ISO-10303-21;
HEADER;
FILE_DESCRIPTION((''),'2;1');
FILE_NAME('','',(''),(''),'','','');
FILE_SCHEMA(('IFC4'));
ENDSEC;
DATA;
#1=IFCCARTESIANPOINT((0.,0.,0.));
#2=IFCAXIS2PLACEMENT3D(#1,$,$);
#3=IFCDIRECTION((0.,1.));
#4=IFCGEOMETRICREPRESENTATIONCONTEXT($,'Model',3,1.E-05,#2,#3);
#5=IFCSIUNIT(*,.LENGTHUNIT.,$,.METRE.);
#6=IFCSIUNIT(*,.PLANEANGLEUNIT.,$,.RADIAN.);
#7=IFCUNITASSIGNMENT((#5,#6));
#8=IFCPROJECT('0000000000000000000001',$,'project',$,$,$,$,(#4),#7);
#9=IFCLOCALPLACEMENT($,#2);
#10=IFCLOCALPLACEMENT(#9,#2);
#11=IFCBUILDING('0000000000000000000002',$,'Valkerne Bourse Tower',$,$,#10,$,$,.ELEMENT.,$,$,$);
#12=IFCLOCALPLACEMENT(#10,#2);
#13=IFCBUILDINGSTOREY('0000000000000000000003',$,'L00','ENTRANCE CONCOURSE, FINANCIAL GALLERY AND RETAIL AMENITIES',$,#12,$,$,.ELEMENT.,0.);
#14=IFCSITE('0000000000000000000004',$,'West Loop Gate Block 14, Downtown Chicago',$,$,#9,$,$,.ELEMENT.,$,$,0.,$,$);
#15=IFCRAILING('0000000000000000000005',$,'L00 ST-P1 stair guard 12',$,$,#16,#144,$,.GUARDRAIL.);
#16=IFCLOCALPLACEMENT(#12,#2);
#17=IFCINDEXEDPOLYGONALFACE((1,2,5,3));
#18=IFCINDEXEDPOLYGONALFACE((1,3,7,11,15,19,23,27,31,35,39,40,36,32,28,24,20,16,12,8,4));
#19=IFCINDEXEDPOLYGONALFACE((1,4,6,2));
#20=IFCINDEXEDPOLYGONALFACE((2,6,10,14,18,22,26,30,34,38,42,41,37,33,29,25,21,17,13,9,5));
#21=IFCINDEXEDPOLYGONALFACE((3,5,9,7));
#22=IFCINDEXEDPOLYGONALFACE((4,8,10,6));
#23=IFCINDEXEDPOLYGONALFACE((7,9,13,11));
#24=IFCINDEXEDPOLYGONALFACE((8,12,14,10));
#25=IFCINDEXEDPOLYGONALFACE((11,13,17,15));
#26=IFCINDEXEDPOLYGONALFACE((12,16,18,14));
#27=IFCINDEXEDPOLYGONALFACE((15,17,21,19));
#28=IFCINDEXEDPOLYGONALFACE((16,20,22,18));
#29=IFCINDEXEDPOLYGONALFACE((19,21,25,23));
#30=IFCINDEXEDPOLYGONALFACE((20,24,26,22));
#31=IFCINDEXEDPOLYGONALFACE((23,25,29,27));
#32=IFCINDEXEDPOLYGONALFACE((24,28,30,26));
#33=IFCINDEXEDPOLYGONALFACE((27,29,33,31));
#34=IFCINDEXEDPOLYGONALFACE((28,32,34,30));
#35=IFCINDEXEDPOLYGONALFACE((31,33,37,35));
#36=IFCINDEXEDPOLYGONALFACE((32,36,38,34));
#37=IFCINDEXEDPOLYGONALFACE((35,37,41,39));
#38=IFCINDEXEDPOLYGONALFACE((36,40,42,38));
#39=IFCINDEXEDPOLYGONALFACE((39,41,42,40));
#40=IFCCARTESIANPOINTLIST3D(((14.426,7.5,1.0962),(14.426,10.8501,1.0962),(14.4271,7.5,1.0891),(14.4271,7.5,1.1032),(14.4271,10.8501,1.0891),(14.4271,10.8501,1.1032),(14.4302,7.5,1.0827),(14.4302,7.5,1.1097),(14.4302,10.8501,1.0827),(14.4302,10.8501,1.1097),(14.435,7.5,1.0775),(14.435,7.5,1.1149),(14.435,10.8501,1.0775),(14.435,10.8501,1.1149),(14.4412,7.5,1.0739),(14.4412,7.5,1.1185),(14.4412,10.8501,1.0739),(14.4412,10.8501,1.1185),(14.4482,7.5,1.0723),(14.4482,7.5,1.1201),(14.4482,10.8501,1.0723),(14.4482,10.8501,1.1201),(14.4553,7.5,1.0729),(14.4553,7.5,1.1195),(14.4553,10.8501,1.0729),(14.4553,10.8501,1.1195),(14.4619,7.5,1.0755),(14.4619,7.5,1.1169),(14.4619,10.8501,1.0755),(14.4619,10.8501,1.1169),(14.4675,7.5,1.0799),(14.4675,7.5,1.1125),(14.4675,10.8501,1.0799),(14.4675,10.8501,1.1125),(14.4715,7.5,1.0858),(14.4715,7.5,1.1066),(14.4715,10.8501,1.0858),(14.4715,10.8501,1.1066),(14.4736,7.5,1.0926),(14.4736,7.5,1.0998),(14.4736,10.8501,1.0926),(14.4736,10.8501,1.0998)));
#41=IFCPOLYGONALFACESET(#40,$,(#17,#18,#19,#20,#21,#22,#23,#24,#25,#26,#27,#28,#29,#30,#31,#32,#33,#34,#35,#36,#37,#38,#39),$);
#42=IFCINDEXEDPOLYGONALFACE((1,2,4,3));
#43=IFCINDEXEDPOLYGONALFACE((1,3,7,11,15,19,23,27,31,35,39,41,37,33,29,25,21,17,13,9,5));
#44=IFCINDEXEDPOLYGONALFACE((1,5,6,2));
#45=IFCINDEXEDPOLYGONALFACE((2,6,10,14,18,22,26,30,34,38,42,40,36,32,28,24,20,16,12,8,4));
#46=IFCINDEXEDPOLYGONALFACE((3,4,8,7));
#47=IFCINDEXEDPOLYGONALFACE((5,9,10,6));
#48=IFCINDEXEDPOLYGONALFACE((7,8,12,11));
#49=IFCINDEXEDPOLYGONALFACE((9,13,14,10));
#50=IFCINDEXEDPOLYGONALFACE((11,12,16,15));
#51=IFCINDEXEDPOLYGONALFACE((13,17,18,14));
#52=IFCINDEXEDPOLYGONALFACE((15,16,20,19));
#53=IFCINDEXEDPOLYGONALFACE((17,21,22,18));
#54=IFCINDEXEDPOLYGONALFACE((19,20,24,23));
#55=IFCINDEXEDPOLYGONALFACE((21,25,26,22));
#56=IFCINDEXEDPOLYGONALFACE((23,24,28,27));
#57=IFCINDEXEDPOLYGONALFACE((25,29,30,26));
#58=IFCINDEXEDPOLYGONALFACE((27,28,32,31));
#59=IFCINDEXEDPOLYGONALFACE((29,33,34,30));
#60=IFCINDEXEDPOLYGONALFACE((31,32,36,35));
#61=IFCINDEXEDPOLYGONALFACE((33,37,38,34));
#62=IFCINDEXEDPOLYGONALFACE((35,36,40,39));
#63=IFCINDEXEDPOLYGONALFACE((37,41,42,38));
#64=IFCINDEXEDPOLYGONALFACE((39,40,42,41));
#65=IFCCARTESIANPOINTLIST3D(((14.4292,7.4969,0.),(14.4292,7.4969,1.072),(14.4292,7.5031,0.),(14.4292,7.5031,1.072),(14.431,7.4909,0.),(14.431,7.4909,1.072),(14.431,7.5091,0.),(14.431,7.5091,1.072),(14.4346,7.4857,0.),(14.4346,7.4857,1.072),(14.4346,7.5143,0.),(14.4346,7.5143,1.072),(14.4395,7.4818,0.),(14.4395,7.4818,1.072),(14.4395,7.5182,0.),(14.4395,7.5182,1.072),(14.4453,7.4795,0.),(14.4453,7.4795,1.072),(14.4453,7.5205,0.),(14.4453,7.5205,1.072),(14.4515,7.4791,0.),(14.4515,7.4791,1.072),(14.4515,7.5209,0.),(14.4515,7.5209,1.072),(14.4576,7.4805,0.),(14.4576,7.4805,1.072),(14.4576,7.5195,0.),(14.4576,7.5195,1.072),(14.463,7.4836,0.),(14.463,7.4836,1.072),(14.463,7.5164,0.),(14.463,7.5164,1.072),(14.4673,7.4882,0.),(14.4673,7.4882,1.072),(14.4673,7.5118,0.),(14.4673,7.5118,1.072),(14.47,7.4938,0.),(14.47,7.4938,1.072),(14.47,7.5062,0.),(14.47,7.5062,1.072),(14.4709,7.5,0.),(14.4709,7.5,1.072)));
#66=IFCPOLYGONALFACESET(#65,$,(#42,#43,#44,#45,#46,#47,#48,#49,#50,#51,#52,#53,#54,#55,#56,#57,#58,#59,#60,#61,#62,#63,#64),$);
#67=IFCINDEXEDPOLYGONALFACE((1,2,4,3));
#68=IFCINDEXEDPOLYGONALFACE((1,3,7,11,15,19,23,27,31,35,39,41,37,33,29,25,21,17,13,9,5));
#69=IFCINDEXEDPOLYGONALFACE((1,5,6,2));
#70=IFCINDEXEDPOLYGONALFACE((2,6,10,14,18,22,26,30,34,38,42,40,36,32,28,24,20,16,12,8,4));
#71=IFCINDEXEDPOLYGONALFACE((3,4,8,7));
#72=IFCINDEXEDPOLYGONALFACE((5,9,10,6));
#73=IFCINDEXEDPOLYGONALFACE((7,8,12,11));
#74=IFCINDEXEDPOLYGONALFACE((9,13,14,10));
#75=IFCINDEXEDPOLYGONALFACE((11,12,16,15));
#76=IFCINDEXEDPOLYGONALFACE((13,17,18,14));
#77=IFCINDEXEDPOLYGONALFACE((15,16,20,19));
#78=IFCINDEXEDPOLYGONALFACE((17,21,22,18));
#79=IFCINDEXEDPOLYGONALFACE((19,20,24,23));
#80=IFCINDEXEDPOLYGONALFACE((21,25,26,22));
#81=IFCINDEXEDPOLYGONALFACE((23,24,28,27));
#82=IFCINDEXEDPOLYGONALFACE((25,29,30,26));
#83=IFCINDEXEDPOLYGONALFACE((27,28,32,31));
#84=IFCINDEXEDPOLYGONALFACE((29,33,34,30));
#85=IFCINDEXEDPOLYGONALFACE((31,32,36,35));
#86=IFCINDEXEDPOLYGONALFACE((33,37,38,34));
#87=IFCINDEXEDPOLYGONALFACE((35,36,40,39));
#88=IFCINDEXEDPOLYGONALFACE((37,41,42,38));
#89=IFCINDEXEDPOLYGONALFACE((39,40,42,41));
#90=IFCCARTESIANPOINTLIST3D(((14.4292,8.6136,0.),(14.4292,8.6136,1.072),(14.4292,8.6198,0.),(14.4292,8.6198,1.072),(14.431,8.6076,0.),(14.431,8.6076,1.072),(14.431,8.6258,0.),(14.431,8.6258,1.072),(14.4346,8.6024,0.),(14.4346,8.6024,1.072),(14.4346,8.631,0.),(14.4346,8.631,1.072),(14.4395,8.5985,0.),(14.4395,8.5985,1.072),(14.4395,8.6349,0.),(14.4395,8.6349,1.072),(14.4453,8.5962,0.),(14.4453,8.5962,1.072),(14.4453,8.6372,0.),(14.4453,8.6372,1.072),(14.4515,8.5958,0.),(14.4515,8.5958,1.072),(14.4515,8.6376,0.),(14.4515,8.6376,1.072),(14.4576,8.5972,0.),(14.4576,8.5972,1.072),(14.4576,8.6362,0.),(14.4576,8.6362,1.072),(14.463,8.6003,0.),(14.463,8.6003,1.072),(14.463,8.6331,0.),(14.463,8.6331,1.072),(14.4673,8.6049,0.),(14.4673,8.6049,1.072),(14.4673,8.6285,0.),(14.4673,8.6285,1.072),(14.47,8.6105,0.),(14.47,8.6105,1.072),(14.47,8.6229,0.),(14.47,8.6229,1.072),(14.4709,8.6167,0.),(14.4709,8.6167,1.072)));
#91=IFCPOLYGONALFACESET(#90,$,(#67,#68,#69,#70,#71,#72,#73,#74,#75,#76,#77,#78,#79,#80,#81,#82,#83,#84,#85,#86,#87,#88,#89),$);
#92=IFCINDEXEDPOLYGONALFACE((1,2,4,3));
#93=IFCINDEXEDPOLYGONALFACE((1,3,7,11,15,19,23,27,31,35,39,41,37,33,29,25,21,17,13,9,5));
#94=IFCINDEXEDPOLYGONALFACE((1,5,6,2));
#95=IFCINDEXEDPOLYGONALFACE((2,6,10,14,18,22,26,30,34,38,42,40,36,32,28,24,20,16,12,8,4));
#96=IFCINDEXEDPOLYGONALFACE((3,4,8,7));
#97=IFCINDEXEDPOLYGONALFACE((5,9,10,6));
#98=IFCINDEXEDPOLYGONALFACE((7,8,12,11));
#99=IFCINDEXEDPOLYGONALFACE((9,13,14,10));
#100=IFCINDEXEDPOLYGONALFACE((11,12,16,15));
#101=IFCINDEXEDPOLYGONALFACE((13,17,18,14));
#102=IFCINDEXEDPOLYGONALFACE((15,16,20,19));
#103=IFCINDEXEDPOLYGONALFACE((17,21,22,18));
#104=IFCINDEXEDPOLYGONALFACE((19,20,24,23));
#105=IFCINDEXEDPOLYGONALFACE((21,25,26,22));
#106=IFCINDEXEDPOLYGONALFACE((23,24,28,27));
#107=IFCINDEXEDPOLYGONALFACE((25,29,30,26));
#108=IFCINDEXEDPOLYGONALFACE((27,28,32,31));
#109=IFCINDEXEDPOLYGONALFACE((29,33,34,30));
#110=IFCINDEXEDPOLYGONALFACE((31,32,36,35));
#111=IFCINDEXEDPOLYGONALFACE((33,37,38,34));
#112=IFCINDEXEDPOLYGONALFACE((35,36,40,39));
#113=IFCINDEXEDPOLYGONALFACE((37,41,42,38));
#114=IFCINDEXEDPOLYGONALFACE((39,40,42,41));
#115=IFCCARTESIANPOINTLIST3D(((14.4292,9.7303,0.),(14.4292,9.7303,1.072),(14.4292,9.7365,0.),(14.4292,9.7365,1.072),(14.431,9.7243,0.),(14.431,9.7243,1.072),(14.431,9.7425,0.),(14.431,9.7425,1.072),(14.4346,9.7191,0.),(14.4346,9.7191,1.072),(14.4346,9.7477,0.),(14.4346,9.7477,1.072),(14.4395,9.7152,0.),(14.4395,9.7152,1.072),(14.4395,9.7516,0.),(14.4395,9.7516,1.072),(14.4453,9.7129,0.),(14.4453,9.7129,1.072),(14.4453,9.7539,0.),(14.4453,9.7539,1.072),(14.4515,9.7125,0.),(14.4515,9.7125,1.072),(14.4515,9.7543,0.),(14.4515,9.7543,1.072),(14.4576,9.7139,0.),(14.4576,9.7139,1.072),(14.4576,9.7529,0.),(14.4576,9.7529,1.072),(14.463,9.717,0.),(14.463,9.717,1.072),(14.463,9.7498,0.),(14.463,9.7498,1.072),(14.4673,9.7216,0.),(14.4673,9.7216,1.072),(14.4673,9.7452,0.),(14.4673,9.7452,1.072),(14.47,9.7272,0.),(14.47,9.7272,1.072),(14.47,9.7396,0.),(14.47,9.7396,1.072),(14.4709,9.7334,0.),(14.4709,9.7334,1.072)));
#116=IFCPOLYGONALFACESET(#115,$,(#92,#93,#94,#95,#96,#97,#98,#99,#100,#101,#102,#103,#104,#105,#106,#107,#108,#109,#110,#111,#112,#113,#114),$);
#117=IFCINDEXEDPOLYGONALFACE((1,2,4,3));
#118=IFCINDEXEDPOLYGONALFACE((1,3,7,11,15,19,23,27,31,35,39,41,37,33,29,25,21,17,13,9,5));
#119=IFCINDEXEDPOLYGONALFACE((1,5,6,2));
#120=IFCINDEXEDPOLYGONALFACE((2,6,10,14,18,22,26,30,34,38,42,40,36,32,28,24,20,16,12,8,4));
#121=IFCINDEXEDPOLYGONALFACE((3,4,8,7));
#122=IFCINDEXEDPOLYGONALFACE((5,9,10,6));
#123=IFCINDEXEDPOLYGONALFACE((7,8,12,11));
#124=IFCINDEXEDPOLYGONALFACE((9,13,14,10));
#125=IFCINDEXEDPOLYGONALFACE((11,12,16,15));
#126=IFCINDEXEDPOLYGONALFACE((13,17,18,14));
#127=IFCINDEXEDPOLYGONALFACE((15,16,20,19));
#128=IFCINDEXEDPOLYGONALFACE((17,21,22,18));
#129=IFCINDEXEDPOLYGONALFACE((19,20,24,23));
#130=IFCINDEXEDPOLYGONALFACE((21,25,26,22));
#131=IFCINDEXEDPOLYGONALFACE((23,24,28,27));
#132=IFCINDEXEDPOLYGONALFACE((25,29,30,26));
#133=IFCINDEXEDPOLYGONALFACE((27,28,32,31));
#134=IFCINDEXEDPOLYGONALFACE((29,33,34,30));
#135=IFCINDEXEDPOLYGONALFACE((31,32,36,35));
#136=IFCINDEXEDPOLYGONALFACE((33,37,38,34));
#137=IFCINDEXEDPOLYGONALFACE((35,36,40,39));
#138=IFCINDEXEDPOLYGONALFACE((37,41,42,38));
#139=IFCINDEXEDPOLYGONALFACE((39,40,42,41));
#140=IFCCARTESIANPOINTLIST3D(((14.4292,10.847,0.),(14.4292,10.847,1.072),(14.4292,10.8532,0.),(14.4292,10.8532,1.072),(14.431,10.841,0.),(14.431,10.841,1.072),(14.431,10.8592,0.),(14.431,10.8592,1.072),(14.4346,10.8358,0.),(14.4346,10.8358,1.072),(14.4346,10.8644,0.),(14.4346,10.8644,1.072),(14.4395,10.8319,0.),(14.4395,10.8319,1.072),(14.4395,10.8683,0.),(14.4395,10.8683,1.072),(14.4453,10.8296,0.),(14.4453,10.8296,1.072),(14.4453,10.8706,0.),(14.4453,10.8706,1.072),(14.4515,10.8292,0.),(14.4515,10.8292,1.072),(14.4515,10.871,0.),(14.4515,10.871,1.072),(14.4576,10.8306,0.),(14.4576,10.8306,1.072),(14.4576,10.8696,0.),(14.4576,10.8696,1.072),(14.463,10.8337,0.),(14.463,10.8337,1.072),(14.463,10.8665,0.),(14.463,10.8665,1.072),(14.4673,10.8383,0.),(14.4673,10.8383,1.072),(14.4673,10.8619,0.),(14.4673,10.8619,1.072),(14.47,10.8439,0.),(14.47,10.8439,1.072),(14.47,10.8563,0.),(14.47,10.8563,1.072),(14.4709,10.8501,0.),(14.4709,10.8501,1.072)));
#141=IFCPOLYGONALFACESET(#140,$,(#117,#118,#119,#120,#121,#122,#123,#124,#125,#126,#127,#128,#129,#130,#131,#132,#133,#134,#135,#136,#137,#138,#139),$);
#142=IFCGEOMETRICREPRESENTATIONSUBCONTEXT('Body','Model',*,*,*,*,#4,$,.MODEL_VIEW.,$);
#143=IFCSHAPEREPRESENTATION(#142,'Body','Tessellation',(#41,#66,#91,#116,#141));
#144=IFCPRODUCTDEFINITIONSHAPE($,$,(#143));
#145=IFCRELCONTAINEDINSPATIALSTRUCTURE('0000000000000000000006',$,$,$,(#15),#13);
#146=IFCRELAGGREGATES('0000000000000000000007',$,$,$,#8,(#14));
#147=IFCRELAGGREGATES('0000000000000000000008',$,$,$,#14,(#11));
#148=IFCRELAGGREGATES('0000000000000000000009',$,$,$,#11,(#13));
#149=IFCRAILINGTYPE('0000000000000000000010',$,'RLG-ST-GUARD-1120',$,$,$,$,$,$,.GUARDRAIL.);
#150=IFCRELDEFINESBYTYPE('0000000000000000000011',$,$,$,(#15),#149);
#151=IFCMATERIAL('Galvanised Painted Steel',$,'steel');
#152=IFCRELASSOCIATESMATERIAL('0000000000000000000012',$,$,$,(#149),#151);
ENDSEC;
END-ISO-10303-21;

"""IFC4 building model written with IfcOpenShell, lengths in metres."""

from ifc_helpers import new_model, si_unit, direction, frame, origin, origin_2d, place, context, subcontext, project, spatial, circle, extrude, material, type_object, element, save


model = new_model("IFC4")

# Units and contexts
model_context = context("Model", 3, precision=1e-05, world=origin(), true_north=direction((0.0, 1.0)))
body_context = subcontext(model_context, "Body", "Model", "MODEL_VIEW")
ifc_project = project(units=[si_unit("LENGTHUNIT", "METRE"), si_unit("PLANEANGLEUNIT", "RADIAN")], contexts=[model_context])

# Site, building, storey
site_placement = place(None, origin())
site = spatial("IfcSite", under=ifc_project, at=site_placement, Name="West Loop Gate Block 14, Downtown Chicago", CompositionType="ELEMENT", RefElevation=0.0)
building_placement = place(site_placement, origin())
building = spatial("IfcBuilding", under=site, at=building_placement, Name="Valkerne Bourse Tower", CompositionType="ELEMENT")
storey_placement = place(building_placement, origin())
storey = spatial("IfcBuildingStorey", under=building, at=storey_placement, Name="L00", Description="ENTRANCE CONCOURSE, FINANCIAL GALLERY AND RETAIL AMENITIES", CompositionType="ELEMENT", Elevation=0.0)

# Shared definitions
ifc_material_1 = material(Name="Galvanised Painted Steel", Category="steel")

# Railing
railing_type_1 = type_object("IfcRailingType", Name="RLG-ST-GUARD-1120", PredefinedType="GUARDRAIL", material=ifc_material_1)
railing_1_placement = place(storey_placement, frame((14.45, 7.5, 0.0)))
element("IfcRailing", 1, at=railing_1_placement, inside=storey, type_object=railing_type_1, Name="L00 ST-P1 stair guard 12", PredefinedType="GUARDRAIL", context=body_context, shape_type="SweptSolid", body=[
    extrude(circle(Radius=0.0239, at=origin_2d()), frame((0.0, 0.0, 1.0962), z_axis=(0.0, 1.0, 0.0), x_axis=(-1.0, 0.0, 0.0)), (0.0, 0.0, 1.0), 3.3501),
    extrude(circle(Radius=0.021, at=origin_2d()), origin(), (0.0, 0.0, 1.0), 1.072),
    extrude(circle(Radius=0.021, at=origin_2d()), frame((0.0, 1.1167, 0.0)), (0.0, 0.0, 1.0), 1.072),
    extrude(circle(Radius=0.021, at=origin_2d()), frame((0.0, 2.2334, 0.0)), (0.0, 0.0, 1.0), 1.072),
    extrude(circle(Radius=0.021, at=origin_2d()), frame((0.0, 3.3501, 0.0)), (0.0, 0.0, 1.0), 1.072),
])

save(model, "model.ifc")
